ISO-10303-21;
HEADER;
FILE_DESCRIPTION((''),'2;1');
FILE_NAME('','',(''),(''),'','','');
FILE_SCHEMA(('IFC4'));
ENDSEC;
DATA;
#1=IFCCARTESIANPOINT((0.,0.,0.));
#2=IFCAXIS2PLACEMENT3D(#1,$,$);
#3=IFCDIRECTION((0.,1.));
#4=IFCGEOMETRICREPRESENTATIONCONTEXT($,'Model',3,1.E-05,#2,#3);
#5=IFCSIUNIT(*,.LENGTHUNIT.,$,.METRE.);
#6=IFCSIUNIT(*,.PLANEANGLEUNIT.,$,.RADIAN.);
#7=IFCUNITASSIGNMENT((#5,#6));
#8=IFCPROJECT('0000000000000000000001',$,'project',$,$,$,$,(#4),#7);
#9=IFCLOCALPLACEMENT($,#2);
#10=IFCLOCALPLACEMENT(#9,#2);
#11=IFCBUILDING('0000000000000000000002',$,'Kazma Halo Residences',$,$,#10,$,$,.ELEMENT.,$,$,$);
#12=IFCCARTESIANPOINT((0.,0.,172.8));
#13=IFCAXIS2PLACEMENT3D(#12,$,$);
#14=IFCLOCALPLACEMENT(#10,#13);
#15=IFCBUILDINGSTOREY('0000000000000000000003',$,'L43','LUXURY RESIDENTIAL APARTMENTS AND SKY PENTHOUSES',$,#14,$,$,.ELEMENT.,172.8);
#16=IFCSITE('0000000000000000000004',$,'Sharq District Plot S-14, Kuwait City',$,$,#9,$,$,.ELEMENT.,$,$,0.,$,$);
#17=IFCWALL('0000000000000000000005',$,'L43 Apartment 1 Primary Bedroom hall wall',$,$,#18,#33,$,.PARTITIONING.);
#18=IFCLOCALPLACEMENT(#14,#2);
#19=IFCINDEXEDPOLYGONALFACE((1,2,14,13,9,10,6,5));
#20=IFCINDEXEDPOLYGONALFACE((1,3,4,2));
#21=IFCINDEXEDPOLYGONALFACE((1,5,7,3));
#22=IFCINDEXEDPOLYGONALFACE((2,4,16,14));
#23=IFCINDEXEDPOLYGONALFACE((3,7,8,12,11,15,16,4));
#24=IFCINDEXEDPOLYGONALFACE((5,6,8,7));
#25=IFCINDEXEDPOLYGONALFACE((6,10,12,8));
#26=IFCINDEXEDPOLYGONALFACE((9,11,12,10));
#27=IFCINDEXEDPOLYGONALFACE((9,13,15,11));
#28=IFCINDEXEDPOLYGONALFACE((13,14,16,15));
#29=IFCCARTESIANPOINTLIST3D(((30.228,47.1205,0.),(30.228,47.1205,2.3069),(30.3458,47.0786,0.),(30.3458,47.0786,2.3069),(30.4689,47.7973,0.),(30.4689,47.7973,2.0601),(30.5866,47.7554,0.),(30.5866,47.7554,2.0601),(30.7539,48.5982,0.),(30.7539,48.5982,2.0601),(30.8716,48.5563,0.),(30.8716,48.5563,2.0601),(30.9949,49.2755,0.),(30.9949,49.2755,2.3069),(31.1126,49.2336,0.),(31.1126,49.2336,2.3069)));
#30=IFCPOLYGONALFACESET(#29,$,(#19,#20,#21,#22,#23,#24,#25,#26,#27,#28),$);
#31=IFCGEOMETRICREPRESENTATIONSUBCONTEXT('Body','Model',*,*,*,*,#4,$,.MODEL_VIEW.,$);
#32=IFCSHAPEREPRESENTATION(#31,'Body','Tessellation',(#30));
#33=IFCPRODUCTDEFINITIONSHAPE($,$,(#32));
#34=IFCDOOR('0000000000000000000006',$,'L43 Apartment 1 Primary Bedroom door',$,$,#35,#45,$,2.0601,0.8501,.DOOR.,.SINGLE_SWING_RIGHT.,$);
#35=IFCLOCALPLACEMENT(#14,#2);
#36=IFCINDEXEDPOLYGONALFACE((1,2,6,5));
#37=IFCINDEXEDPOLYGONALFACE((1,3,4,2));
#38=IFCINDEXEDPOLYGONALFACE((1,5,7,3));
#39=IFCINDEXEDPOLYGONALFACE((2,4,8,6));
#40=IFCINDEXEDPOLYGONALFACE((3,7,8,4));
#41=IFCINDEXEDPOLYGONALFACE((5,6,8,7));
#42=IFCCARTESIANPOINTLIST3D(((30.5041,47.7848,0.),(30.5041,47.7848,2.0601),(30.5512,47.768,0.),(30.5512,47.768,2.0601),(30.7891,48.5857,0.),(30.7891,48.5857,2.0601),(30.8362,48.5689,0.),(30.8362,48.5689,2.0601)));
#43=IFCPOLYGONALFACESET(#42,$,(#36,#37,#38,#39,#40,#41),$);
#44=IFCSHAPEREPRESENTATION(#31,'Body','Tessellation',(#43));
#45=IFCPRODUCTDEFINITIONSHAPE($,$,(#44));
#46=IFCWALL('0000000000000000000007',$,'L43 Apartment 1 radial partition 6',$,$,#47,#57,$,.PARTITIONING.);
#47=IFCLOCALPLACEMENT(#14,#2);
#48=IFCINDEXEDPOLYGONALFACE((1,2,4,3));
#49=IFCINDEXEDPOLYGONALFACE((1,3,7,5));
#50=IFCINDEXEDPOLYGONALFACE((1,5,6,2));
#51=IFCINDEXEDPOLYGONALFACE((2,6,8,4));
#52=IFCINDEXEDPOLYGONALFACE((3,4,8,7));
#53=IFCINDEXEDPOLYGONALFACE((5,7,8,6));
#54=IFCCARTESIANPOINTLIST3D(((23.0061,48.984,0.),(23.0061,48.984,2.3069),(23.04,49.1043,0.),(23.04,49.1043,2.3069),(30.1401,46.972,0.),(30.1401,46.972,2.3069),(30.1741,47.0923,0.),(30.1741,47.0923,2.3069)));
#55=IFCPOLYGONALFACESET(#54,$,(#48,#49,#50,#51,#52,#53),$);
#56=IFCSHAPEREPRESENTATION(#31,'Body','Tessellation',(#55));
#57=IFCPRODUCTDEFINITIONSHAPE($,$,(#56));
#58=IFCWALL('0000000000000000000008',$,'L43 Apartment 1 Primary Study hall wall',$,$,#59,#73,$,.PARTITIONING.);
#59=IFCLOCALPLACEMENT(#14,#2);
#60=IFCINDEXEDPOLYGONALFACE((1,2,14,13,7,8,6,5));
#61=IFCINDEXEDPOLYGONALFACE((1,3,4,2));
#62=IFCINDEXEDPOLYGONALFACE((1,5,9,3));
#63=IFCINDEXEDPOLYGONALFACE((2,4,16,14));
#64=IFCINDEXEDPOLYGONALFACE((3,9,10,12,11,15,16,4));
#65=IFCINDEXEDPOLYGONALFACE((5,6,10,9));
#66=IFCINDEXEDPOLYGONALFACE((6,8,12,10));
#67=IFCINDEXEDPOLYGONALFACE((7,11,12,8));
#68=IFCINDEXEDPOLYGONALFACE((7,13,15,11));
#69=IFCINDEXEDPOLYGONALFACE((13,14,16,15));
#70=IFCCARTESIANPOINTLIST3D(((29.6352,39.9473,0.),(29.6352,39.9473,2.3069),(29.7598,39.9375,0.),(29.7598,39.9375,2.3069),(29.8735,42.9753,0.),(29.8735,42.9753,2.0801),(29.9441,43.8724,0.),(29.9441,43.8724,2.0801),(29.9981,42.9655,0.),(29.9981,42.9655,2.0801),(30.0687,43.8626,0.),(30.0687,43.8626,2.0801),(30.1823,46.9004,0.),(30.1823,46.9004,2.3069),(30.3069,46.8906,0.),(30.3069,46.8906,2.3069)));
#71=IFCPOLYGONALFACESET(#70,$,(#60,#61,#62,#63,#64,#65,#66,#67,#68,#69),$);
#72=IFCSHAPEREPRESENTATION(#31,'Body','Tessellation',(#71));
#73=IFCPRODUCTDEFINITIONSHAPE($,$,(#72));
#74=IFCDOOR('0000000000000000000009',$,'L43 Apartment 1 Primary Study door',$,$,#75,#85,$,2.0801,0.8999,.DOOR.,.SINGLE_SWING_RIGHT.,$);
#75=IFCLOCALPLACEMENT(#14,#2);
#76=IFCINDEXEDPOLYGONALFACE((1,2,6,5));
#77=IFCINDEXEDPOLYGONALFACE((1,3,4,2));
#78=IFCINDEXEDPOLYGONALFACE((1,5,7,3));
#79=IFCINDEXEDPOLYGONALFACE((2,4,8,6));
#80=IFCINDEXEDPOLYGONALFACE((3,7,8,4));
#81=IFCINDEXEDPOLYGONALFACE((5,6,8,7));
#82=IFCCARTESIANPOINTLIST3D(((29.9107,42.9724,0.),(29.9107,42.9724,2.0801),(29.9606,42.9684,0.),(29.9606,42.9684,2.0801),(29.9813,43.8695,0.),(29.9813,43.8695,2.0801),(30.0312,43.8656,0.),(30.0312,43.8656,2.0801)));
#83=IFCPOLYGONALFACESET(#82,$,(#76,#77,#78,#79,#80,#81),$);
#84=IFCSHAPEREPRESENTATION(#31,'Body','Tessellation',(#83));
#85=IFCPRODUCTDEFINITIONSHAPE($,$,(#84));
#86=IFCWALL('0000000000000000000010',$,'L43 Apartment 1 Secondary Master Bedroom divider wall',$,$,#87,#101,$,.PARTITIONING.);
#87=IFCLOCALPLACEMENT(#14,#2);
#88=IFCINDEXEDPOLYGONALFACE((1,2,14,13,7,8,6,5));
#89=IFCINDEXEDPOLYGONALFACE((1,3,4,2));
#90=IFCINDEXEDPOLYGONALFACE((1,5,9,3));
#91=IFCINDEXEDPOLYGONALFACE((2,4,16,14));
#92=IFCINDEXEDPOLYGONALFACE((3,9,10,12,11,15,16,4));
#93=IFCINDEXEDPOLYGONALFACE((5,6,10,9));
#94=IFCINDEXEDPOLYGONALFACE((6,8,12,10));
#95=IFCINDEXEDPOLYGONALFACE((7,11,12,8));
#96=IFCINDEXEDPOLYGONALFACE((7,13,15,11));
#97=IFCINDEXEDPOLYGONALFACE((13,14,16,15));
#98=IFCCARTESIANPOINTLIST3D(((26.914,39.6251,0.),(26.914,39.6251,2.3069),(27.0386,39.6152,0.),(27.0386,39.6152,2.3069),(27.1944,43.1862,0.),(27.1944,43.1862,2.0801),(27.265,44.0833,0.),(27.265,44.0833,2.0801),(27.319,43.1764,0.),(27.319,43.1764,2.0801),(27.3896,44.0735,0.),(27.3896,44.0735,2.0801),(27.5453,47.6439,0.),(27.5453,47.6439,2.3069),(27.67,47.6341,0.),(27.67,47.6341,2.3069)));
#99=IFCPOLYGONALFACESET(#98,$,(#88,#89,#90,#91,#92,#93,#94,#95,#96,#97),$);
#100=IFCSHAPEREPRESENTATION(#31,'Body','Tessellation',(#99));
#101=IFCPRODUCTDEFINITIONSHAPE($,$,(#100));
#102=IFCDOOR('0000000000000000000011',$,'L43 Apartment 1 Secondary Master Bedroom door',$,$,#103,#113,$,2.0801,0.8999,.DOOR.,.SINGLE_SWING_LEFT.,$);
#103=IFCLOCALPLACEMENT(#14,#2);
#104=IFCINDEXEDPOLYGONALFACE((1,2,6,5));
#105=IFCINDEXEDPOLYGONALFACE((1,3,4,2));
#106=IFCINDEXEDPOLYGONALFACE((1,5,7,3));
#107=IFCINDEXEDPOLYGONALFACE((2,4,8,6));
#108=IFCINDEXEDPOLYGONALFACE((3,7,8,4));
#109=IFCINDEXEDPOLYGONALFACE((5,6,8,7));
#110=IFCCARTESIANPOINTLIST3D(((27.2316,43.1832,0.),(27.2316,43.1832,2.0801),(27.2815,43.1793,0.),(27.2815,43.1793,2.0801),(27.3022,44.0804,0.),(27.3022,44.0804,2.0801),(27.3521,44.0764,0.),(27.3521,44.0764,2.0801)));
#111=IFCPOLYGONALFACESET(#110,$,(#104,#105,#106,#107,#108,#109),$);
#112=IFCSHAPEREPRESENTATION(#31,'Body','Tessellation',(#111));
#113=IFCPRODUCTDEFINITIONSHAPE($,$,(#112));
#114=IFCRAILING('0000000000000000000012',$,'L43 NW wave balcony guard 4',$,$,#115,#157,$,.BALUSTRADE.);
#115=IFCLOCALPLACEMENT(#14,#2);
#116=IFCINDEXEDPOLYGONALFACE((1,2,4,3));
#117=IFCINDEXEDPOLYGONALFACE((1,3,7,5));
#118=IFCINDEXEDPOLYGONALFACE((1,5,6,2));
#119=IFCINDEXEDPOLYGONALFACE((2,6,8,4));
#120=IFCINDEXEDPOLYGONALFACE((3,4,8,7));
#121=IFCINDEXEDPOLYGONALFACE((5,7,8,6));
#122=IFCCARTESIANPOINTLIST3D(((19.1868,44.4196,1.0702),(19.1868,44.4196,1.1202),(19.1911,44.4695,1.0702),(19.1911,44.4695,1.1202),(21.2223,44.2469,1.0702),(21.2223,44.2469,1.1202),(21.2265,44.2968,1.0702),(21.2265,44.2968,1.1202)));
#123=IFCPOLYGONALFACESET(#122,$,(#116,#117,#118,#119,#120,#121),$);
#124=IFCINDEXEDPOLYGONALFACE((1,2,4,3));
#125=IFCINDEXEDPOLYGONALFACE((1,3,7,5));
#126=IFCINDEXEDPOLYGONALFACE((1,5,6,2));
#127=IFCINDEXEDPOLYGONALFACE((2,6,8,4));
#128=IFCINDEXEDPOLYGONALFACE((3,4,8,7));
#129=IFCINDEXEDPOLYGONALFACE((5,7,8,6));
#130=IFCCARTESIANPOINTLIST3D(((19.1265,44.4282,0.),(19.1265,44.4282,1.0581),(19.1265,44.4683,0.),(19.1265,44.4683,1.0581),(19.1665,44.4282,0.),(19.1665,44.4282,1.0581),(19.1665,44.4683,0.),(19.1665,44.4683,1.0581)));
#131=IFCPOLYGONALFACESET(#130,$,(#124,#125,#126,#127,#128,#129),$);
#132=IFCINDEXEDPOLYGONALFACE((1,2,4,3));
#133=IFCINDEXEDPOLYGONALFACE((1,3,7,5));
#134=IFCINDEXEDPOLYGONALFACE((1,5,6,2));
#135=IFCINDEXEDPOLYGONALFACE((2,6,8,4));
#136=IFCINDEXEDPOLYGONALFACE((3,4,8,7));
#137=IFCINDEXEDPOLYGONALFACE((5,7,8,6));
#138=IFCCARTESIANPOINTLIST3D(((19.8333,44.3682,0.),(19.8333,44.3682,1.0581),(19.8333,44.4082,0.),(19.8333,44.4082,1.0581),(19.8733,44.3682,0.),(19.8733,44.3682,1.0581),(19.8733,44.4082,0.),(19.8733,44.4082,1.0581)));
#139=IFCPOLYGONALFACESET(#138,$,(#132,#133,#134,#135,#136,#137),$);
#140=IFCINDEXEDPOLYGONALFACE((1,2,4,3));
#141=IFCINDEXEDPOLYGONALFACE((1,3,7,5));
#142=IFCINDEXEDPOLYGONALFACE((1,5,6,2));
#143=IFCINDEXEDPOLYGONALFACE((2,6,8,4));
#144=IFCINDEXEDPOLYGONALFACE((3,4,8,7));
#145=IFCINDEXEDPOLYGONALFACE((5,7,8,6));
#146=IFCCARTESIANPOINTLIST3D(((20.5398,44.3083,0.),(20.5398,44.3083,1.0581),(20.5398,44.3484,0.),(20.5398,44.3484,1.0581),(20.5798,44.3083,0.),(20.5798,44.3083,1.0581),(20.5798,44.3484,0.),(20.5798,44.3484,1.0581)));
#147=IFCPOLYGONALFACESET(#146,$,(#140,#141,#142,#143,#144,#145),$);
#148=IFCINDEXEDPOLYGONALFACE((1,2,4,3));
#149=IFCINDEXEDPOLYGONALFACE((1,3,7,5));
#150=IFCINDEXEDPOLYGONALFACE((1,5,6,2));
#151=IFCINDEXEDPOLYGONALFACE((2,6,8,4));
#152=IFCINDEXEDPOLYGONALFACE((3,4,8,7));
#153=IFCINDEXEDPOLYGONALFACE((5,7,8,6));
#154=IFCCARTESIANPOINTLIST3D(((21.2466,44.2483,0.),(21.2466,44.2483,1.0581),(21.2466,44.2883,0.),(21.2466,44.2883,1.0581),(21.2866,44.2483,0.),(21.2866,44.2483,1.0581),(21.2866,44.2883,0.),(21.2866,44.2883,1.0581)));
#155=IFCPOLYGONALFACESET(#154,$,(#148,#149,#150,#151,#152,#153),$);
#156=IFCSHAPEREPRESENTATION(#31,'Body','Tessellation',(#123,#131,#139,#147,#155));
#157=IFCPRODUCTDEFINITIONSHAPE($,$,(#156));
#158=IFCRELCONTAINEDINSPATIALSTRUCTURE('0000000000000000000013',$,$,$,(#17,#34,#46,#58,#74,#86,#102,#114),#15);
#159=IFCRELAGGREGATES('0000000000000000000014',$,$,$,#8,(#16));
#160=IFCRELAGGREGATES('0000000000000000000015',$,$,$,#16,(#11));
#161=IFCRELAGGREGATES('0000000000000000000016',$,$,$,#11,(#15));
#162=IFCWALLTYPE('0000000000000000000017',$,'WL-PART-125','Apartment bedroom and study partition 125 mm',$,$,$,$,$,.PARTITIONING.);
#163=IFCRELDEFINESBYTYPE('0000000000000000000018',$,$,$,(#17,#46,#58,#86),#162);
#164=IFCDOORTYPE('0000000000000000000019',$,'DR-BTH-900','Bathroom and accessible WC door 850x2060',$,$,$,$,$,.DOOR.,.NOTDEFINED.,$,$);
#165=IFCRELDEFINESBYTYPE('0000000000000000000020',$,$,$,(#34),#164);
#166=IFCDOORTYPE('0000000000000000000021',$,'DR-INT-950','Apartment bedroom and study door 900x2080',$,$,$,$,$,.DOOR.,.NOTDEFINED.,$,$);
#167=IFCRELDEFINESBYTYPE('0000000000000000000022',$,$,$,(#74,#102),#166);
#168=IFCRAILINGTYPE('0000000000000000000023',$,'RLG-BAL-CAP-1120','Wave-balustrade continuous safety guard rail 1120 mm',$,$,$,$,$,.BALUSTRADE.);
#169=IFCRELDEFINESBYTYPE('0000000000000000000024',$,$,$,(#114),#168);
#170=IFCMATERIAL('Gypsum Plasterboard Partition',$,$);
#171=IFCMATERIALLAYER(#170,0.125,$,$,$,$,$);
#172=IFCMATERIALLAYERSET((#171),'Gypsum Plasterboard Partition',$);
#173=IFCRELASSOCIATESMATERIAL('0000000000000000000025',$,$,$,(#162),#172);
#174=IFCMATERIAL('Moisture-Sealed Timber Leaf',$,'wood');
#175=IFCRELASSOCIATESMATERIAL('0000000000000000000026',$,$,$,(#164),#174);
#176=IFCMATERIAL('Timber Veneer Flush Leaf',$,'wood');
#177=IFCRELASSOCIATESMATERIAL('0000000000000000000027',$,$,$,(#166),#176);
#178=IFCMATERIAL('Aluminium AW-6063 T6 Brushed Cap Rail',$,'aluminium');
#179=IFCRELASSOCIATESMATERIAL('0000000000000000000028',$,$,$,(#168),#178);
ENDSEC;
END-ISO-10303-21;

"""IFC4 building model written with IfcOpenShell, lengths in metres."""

from ifc_helpers import new_model, si_unit, direction, frame, frame_2d, origin, origin_2d, place, context, subcontext, project, spatial, rectangle, extrude, material, layer, layer_set, type_object, element, fill, save


model = new_model("IFC4")

# Units and contexts
model_context = context("Model", 3, precision=1e-05, world=origin(), true_north=direction((0.0, 1.0)))
body_context = subcontext(model_context, "Body", "Model", "MODEL_VIEW")
ifc_project = project(units=[si_unit("LENGTHUNIT", "METRE"), si_unit("PLANEANGLEUNIT", "RADIAN")], contexts=[model_context])

# Site, building, storey
site_placement = place(None, origin())
site = spatial("IfcSite", under=ifc_project, at=site_placement, Name="Sharq District Plot S-14, Kuwait City", CompositionType="ELEMENT", RefElevation=0.0)
building_placement = place(site_placement, origin())
building = spatial("IfcBuilding", under=site, at=building_placement, Name="Kazma Halo Residences", CompositionType="ELEMENT")
storey_placement = place(building_placement, frame((0.0, 0.0, 172.8)))
storey = spatial("IfcBuildingStorey", under=building, at=storey_placement, Name="L43", Description="LUXURY RESIDENTIAL APARTMENTS AND SKY PENTHOUSES", CompositionType="ELEMENT", Elevation=172.8)

# Wall, opening, door
ifc_material_1 = material(Name="Gypsum Plasterboard Partition")
ifc_layer_1 = layer(ifc_material_1, 0.125)
ifc_layer_set_1 = layer_set([ifc_layer_1], Name="Gypsum Plasterboard Partition")
wall_type_1 = type_object("IfcWallType", Name="WL-PART-125", Description="Apartment bedroom and study partition 125 mm", PredefinedType="PARTITIONING", material=ifc_layer_set_1)
wall_1_placement = place(storey_placement, frame((31.0537, 49.2544, 0.0), z_axis=(0.0, 0.0, 1.0), x_axis=(-0.335248, -0.94213, 0.0)))
wall_1 = element("IfcWall", 1, at=wall_1_placement, inside=storey, type_object=wall_type_1, Name="L43 Apartment 1 Primary Bedroom hall wall", PredefinedType="PARTITIONING", context=body_context, shape_type="SweptSolid", body=[
    extrude(rectangle(XDim=2.2874, YDim=0.125, at=frame_2d((1.1436, 0.0))), origin(), (0.0, 0.0, 1.0), 2.3069),
])
opening_1_placement = place(wall_1_placement, frame((0.7188, 0.0, 0.0)))
opening_1 = element("IfcOpeningElement", 2, at=opening_1_placement, cuts=wall_1, PredefinedType="OPENING", context=body_context, shape_type="SweptSolid", body=[
    extrude(rectangle(XDim=0.8501, YDim=2.0601, at=frame_2d((0.425, 1.03))), frame((0.0, 0.0725, 0.0), z_axis=(0.0, -1.0, 0.0), x_axis=(1.0, 0.0, 0.0)), (0.0, 0.0, 1.0), 0.145),
])
ifc_material_2 = material(Name="Moisture-Sealed Timber Leaf", Category="wood")
door_type_1 = type_object("IfcDoorType", Name="DR-BTH-900", Description="Bathroom and accessible WC door 850x2060", OperationType="NOTDEFINED", PredefinedType="DOOR", material=ifc_material_2)
door_1_placement = place(opening_1_placement, origin())
door_1 = element("IfcDoor", 3, at=door_1_placement, inside=storey, type_object=door_type_1, Name="L43 Apartment 1 Primary Bedroom door", OperationType="SINGLE_SWING_RIGHT", OverallHeight=2.0601, OverallWidth=0.8501, PredefinedType="DOOR", context=body_context, shape_type="SweptSolid", body=[
    extrude(rectangle(XDim=0.8501, YDim=2.0601, at=frame_2d((0.425, 1.03))), frame((0.0, 0.0249, 0.0), z_axis=(0.0, -1.0, 0.0), x_axis=(1.0, 0.0, 0.0)), (0.0, 0.0, 1.0), 0.05),
])
fill(opening_1, door_1)

# Wall
wall_2_placement = place(storey_placement, frame((30.157, 47.0322, 0.0), z_axis=(0.0, 0.0, 1.0), x_axis=(-0.962457, 0.271435, 0.0)))
element("IfcWall", 4, at=wall_2_placement, inside=storey, type_object=wall_type_1, Name="L43 Apartment 1 radial partition 6", PredefinedType="PARTITIONING", context=body_context, shape_type="SweptSolid", body=[
    extrude(rectangle(XDim=7.4124, YDim=0.125, at=frame_2d((3.7061, 0.0))), origin(), (0.0, 0.0, 1.0), 2.3069),
])

# Walls, openings, doors
wall_3_placement = place(storey_placement, frame((30.2446, 46.8955, 0.0), z_axis=(0.0, 0.0, 1.0), x_axis=(-0.078444, -0.996918, 0.0)))
wall_3 = element("IfcWall", 5, at=wall_3_placement, inside=storey, type_object=wall_type_1, Name="L43 Apartment 1 Primary Study hall wall", PredefinedType="PARTITIONING", context=body_context, shape_type="SweptSolid", body=[
    extrude(rectangle(XDim=6.9746, YDim=0.125, at=frame_2d((3.4873, 0.0))), origin(), (0.0, 0.0, 1.0), 2.3069),
])
opening_2_placement = place(wall_3_placement, frame((3.0374, 0.0, 0.0)))
opening_2 = element("IfcOpeningElement", 6, at=opening_2_placement, cuts=wall_3, PredefinedType="OPENING", context=body_context, shape_type="SweptSolid", body=[
    extrude(rectangle(XDim=0.8999, YDim=2.0801, at=frame_2d((0.45, 1.04))), frame((0.0, 0.0725, 0.0), z_axis=(0.0, -1.0, 0.0), x_axis=(1.0, 0.0, 0.0)), (0.0, 0.0, 1.0), 0.145),
])
ifc_material_3 = material(Name="Timber Veneer Flush Leaf", Category="wood")
door_type_2 = type_object("IfcDoorType", Name="DR-INT-950", Description="Apartment bedroom and study door 900x2080", OperationType="NOTDEFINED", PredefinedType="DOOR", material=ifc_material_3)
door_2_placement = place(opening_2_placement, origin())
door_2 = element("IfcDoor", 7, at=door_2_placement, inside=storey, type_object=door_type_2, Name="L43 Apartment 1 Primary Study door", OperationType="SINGLE_SWING_RIGHT", OverallHeight=2.0801, OverallWidth=0.8999, PredefinedType="DOOR", context=body_context, shape_type="SweptSolid", body=[
    extrude(rectangle(XDim=0.8999, YDim=2.0801, at=frame_2d((0.45, 1.04))), frame((0.0, 0.0249, 0.0), z_axis=(0.0, -1.0, 0.0), x_axis=(1.0, 0.0, 0.0)), (0.0, 0.0, 1.0), 0.05),
])
fill(opening_2, door_2)
wall_4_placement = place(storey_placement, frame((27.6077, 47.6392, 0.0), z_axis=(0.0, 0.0, 1.0), x_axis=(-0.078491, -0.996915, 0.0)))
wall_4 = element("IfcWall", 8, at=wall_4_placement, inside=storey, type_object=wall_type_1, Name="L43 Apartment 1 Secondary Master Bedroom divider wall", PredefinedType="PARTITIONING", context=body_context, shape_type="SweptSolid", body=[
    extrude(rectangle(XDim=8.0437, YDim=0.125, at=frame_2d((4.022, 0.0))), origin(), (0.0, 0.0, 1.0), 2.3069),
])
opening_3_placement = place(wall_4_placement, frame((3.5718, 0.0, 0.0)))
opening_3 = element("IfcOpeningElement", 9, at=opening_3_placement, cuts=wall_4, PredefinedType="OPENING", context=body_context, shape_type="SweptSolid", body=[
    extrude(rectangle(XDim=0.8999, YDim=2.0801, at=frame_2d((0.45, 1.04))), frame((0.0, 0.0725, 0.0), z_axis=(0.0, -1.0, 0.0), x_axis=(1.0, 0.0, 0.0)), (0.0, 0.0, 1.0), 0.145),
])
door_3_placement = place(opening_3_placement, origin())
door_3 = element("IfcDoor", 10, at=door_3_placement, inside=storey, type_object=door_type_2, Name="L43 Apartment 1 Secondary Master Bedroom door", OperationType="SINGLE_SWING_LEFT", OverallHeight=2.0801, OverallWidth=0.8999, PredefinedType="DOOR", context=body_context, shape_type="SweptSolid", body=[
    extrude(rectangle(XDim=0.8999, YDim=2.0801, at=frame_2d((0.45, 1.04))), frame((0.0, 0.0249, 0.0), z_axis=(0.0, -1.0, 0.0), x_axis=(1.0, 0.0, 0.0)), (0.0, 0.0, 1.0), 0.05),
])
fill(opening_3, door_3)

# Railing
ifc_material_4 = material(Name="Aluminium AW-6063 T6 Brushed Cap Rail", Category="aluminium")
railing_type = type_object("IfcRailingType", Name="RLG-BAL-CAP-1120", Description="Wave-balustrade continuous safety guard rail 1120 mm", PredefinedType="BALUSTRADE", material=ifc_material_4)
railing_placement = place(storey_placement, frame((19.1465, 44.4482, 0.0)))
element("IfcRailing", 11, at=railing_placement, inside=storey, type_object=railing_type, Name="L43 NW wave balcony guard 4", PredefinedType="BALUSTRADE", context=body_context, shape_type="SweptSolid", body=[
    extrude(rectangle(XDim=0.05, YDim=0.05, at=origin_2d()), frame((0.0425, -0.0037, 1.0952), z_axis=(0.996418, -0.084565, 0.0), x_axis=(0.084565, 0.996418, 0.0)), (0.0, 0.0, 1.0), 2.0427),
    extrude(rectangle(XDim=0.04, YDim=0.04, at=origin_2d()), origin(), (0.0, 0.0, 1.0), 1.0581),
    extrude(rectangle(XDim=0.04, YDim=0.04, at=origin_2d()), frame((0.7068, -0.0601, 0.0)), (0.0, 0.0, 1.0), 1.0581),
    extrude(rectangle(XDim=0.04, YDim=0.04, at=origin_2d()), frame((1.4133, -0.1199, 0.0)), (0.0, 0.0, 1.0), 1.0581),
    extrude(rectangle(XDim=0.04, YDim=0.04, at=origin_2d()), frame((2.1201, -0.1799, 0.0)), (0.0, 0.0, 1.0), 1.0581),
])

save(model, "model.ifc")
